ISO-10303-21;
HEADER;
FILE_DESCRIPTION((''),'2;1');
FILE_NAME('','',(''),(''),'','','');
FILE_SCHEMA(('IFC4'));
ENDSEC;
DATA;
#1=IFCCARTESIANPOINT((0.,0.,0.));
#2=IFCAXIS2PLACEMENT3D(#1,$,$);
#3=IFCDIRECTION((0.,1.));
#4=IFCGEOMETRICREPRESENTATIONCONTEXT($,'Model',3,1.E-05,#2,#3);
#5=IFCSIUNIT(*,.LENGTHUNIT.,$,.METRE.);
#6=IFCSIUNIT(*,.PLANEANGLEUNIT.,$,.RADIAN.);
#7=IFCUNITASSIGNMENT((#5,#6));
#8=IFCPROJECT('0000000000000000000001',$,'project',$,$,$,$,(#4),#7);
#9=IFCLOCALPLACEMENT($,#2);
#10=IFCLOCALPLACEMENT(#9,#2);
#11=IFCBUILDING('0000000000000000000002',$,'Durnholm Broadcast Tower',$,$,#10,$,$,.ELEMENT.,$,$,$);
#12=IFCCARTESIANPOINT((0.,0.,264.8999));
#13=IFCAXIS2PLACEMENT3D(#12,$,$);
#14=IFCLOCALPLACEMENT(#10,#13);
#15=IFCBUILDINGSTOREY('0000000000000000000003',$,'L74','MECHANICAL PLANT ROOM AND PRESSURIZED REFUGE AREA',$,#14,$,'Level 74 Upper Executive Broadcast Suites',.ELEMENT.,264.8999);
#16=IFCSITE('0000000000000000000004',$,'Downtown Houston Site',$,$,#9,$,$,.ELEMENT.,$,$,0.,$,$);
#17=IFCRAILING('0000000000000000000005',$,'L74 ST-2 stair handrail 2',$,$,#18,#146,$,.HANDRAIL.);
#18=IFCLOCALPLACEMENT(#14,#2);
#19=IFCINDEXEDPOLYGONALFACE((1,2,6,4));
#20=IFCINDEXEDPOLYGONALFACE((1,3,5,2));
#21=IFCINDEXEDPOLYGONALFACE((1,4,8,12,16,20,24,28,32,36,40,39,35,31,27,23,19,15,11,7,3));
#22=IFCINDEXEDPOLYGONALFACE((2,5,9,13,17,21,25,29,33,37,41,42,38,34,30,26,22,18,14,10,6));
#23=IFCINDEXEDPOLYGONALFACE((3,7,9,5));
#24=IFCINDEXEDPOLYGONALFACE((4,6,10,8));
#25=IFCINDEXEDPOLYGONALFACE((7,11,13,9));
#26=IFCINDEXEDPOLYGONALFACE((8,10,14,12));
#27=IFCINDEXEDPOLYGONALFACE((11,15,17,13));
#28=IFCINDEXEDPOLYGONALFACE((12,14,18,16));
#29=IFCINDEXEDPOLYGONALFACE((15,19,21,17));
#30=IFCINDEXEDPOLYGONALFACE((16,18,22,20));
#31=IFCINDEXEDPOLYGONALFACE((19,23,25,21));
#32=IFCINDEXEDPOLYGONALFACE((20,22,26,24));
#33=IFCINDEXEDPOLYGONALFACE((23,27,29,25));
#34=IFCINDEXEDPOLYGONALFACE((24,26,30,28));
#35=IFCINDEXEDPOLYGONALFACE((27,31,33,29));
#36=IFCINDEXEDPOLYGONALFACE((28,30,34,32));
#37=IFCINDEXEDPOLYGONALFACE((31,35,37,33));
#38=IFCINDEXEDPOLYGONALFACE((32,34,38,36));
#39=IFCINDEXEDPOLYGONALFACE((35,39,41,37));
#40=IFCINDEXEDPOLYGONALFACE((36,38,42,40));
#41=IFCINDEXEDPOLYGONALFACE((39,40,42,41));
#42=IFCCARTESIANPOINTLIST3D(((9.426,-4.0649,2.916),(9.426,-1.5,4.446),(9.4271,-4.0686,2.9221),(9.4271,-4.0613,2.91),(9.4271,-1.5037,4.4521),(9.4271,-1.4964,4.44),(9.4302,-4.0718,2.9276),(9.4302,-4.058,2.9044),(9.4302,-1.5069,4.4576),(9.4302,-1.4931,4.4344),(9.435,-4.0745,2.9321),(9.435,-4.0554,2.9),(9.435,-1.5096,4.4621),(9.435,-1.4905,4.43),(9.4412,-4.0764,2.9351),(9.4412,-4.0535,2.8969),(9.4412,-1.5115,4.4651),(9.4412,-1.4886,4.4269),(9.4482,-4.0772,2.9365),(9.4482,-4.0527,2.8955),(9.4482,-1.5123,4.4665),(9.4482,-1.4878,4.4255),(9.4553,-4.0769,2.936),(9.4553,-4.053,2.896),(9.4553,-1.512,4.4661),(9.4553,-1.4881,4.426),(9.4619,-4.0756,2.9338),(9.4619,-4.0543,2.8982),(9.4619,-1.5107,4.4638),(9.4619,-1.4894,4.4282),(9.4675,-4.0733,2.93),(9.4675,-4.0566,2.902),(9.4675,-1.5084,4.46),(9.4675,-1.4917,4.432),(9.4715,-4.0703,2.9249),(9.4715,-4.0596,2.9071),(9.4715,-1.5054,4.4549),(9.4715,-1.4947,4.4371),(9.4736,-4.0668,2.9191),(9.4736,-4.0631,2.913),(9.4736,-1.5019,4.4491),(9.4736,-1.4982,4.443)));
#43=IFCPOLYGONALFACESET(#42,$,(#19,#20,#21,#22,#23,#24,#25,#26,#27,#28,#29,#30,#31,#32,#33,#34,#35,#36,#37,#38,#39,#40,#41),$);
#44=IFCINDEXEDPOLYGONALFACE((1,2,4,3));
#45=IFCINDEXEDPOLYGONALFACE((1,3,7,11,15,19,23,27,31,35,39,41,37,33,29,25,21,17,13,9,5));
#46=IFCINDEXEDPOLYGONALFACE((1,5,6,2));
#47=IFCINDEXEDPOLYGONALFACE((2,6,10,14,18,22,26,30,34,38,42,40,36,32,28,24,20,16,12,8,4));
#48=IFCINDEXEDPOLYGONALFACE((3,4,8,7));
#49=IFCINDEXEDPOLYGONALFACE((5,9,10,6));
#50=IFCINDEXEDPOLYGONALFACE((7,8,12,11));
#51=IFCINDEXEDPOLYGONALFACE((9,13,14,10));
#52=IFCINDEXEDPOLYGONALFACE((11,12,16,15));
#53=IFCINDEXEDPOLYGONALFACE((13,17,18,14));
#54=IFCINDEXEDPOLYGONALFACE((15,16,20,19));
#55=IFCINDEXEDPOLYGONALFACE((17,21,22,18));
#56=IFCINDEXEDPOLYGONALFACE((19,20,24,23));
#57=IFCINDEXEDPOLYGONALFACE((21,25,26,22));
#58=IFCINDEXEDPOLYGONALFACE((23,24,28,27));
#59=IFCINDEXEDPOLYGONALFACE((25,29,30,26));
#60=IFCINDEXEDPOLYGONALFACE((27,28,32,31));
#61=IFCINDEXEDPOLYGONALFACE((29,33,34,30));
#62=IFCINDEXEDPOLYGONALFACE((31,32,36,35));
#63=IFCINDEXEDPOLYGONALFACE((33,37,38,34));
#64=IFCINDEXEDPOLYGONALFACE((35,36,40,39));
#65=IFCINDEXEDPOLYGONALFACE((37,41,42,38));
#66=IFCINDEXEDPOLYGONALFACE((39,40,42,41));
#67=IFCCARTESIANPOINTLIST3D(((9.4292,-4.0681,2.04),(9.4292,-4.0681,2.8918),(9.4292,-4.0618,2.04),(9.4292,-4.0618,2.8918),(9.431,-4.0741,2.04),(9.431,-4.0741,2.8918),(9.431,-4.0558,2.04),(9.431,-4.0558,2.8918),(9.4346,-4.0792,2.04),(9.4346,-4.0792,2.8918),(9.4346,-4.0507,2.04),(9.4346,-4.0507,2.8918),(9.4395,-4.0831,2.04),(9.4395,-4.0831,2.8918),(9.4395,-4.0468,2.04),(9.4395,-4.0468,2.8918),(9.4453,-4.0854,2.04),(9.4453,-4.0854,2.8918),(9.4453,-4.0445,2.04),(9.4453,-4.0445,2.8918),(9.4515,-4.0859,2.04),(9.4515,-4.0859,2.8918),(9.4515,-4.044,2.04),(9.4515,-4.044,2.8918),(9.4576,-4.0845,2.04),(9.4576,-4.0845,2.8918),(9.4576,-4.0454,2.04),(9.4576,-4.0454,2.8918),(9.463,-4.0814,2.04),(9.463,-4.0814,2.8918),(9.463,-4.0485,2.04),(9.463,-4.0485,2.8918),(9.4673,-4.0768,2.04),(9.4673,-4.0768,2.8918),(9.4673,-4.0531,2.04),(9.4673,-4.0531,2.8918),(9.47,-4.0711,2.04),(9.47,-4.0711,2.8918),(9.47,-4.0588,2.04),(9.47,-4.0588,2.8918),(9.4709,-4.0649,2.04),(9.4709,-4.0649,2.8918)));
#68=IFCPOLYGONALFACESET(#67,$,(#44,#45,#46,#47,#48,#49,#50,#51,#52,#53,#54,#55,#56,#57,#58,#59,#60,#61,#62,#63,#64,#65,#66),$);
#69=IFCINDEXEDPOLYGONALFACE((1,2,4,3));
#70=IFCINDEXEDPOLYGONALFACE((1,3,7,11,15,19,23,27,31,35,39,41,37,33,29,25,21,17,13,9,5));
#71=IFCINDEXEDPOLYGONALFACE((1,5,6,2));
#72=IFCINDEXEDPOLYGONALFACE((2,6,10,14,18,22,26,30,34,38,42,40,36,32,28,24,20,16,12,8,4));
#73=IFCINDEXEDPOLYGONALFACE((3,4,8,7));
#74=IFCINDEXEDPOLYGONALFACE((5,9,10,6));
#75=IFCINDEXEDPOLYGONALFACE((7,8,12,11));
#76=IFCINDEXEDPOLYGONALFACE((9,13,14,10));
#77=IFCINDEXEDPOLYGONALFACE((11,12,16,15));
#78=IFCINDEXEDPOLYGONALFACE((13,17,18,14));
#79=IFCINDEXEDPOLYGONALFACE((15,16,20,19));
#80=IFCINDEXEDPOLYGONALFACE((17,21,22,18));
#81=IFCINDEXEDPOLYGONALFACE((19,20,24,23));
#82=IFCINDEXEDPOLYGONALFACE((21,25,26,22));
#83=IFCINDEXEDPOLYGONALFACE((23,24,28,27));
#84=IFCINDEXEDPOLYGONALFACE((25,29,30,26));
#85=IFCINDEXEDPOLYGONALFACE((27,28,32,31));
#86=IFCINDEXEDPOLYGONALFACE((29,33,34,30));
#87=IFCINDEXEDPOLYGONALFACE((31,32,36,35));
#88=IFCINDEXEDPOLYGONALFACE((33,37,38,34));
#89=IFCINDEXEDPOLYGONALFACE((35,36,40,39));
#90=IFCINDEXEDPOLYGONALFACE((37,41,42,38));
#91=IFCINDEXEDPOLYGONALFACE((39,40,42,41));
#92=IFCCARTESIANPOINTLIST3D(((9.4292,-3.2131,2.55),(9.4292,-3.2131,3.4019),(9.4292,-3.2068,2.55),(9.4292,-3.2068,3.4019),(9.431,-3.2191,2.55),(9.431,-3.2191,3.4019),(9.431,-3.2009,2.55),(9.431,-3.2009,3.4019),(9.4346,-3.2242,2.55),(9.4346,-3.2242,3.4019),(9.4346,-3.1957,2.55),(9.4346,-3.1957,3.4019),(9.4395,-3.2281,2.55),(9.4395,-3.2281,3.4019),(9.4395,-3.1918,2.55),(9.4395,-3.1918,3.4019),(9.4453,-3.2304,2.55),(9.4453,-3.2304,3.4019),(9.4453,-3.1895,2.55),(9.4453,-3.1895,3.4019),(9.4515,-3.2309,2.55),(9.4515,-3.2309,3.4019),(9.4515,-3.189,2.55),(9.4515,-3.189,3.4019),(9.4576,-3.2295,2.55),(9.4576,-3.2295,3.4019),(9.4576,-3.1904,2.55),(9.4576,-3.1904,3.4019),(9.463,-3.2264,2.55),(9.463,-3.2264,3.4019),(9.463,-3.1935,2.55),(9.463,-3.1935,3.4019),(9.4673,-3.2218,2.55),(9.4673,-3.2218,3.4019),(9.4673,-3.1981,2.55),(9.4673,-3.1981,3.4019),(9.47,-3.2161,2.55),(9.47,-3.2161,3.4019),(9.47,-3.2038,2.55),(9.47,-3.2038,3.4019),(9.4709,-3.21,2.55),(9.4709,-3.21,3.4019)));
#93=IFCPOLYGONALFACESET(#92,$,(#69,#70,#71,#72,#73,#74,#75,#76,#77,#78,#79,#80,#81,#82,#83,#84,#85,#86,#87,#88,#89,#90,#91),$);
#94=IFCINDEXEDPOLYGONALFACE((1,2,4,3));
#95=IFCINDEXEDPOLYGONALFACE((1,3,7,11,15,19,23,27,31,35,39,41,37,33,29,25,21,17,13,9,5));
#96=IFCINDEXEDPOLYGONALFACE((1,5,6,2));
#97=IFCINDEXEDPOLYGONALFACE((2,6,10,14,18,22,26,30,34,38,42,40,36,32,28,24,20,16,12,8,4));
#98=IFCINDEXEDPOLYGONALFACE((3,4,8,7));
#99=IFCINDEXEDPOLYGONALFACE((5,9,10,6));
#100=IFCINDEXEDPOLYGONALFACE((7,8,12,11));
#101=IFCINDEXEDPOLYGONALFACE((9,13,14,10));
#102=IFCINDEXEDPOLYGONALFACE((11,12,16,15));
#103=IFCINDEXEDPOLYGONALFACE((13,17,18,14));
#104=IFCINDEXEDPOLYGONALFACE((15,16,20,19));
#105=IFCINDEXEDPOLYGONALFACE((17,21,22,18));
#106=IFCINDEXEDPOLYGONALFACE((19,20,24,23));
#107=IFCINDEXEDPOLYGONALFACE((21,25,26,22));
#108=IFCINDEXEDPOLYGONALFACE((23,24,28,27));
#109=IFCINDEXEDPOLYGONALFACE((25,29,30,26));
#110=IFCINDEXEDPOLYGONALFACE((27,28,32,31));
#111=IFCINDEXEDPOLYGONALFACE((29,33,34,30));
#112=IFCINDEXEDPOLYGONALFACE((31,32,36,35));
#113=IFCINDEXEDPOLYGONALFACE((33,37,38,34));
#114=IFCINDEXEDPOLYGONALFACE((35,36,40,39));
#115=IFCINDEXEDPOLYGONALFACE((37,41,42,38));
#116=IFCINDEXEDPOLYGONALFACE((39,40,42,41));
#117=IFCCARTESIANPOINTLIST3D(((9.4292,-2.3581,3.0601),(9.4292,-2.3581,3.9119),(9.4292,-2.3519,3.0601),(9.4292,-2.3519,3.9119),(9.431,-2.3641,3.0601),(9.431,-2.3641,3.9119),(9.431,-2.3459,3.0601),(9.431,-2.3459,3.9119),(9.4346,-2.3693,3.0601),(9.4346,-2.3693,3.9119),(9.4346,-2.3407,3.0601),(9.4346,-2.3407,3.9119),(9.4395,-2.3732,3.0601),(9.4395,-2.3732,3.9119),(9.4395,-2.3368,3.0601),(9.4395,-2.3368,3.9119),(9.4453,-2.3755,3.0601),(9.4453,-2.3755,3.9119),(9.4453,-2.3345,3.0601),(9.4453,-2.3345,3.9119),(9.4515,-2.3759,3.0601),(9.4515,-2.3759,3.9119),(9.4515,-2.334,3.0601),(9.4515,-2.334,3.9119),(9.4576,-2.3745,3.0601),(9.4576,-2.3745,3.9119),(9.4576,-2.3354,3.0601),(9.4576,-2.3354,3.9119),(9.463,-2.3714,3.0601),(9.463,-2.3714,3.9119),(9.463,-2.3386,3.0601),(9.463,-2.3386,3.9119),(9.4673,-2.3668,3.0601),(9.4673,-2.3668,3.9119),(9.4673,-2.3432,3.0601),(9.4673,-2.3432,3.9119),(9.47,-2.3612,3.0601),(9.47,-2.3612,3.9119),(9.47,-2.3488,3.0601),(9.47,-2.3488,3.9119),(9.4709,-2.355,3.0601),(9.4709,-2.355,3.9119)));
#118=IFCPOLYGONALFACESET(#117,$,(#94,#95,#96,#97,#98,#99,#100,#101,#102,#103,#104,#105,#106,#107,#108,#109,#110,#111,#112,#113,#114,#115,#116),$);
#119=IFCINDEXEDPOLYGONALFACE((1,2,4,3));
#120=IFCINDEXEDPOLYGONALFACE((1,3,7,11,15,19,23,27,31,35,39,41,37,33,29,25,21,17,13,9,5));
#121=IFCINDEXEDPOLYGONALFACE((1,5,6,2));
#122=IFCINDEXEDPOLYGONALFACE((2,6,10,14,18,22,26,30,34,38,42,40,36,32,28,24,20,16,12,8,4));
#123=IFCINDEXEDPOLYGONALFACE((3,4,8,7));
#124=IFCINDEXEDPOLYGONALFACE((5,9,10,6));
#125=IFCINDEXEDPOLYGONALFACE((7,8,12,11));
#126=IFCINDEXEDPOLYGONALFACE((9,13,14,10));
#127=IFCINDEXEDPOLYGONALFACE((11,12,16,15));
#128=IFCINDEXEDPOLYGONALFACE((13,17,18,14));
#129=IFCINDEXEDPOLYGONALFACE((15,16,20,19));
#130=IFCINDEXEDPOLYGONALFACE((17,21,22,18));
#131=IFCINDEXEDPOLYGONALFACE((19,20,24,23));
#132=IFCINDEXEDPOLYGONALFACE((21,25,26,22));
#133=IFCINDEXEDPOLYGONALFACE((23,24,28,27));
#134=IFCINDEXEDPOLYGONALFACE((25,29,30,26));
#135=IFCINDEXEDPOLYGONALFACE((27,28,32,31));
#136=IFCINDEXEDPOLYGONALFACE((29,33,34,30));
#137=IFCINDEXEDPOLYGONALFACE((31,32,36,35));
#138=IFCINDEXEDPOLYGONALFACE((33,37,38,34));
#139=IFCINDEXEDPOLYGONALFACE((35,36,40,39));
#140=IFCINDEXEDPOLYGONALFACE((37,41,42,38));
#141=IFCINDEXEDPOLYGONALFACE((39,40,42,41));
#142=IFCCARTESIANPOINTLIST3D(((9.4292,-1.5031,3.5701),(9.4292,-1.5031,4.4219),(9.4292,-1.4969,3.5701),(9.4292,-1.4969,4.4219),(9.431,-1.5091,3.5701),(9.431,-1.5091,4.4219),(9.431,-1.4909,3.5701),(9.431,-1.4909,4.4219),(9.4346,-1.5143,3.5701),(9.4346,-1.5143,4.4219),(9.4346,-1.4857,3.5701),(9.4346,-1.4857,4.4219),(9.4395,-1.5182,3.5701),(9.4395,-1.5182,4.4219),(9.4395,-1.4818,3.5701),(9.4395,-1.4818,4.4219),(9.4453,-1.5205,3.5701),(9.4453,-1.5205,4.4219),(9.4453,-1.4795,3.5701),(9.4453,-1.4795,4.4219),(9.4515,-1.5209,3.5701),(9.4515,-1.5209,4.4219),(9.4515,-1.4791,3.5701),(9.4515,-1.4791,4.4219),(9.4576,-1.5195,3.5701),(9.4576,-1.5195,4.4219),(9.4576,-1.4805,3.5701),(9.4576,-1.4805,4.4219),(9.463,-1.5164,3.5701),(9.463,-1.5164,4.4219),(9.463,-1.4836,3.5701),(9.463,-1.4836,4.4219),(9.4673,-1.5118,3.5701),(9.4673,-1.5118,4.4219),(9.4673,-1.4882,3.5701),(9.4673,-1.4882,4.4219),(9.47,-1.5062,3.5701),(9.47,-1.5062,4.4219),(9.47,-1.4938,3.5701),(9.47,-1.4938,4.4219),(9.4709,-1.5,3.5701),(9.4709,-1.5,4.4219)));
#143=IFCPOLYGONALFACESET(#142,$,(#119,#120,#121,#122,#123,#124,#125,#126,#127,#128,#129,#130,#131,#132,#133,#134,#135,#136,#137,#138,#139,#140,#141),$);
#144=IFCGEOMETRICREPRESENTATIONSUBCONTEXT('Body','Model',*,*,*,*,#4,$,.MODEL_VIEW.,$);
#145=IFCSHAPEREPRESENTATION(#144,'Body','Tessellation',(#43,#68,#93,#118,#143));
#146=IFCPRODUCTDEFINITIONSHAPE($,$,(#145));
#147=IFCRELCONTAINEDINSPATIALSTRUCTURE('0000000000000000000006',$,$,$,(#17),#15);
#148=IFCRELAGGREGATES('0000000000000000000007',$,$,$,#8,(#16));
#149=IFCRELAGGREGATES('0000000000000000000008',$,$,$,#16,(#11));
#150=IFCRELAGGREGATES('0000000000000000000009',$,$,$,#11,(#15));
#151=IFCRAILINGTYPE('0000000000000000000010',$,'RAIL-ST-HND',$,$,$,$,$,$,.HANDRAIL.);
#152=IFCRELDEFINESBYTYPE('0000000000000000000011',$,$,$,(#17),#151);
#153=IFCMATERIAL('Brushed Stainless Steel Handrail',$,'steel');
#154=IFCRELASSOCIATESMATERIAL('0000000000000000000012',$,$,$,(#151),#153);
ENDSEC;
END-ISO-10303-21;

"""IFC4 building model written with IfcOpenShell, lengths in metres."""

from ifc_helpers import new_model, si_unit, direction, frame, origin, origin_2d, place, context, subcontext, project, spatial, circle, extrude, material, type_object, element, save


model = new_model("IFC4")

# Units and contexts
model_context = context("Model", 3, precision=1e-05, world=origin(), true_north=direction((0.0, 1.0)))
body_context = subcontext(model_context, "Body", "Model", "MODEL_VIEW")
ifc_project = project(units=[si_unit("LENGTHUNIT", "METRE"), si_unit("PLANEANGLEUNIT", "RADIAN")], contexts=[model_context])

# Site, building, storey
site_placement = place(None, origin())
site = spatial("IfcSite", under=ifc_project, at=site_placement, Name="Downtown Houston Site", CompositionType="ELEMENT", RefElevation=0.0)
building_placement = place(site_placement, origin())
building = spatial("IfcBuilding", under=site, at=building_placement, Name="Durnholm Broadcast Tower", CompositionType="ELEMENT")
storey_placement = place(building_placement, frame((0.0, 0.0, 264.8999)))
storey = spatial("IfcBuildingStorey", under=building, at=storey_placement, Name="L74", Description="MECHANICAL PLANT ROOM AND PRESSURIZED REFUGE AREA", LongName="Level 74 Upper Executive Broadcast Suites", CompositionType="ELEMENT", Elevation=264.8999)

# Railing
ifc_material_1 = material(Name="Brushed Stainless Steel Handrail", Category="steel")
railing_type_1 = type_object("IfcRailingType", Name="RAIL-ST-HND", PredefinedType="HANDRAIL", material=ifc_material_1)
railing_1_placement = place(storey_placement, frame((9.45, -4.0649, 2.04)))
element("IfcRailing", 1, at=railing_1_placement, inside=storey, type_object=railing_type_1, Name="L74 ST-2 stair handrail 2", PredefinedType="HANDRAIL", context=body_context, shape_type="SweptSolid", body=[
    extrude(circle(Radius=0.0239, at=origin_2d()), frame((0.0, 0.0, 0.876), z_axis=(0.0, 0.85881, 0.512294), x_axis=(-1.0, 0.0, 0.0)), (0.0, 0.0, 1.0), 2.9866),
    extrude(circle(Radius=0.021, at=origin_2d()), origin(), (0.0, 0.0, 1.0), 0.8518),
    extrude(circle(Radius=0.021, at=origin_2d()), frame((0.0, 0.855, 0.51)), (0.0, 0.0, 1.0), 0.8518),
    extrude(circle(Radius=0.021, at=origin_2d()), frame((0.0, 1.71, 1.02)), (0.0, 0.0, 1.0), 0.8518),
    extrude(circle(Radius=0.021, at=origin_2d()), frame((0.0, 2.5649, 1.53)), (0.0, 0.0, 1.0), 0.8518),
])

save(model, "model.ifc")
